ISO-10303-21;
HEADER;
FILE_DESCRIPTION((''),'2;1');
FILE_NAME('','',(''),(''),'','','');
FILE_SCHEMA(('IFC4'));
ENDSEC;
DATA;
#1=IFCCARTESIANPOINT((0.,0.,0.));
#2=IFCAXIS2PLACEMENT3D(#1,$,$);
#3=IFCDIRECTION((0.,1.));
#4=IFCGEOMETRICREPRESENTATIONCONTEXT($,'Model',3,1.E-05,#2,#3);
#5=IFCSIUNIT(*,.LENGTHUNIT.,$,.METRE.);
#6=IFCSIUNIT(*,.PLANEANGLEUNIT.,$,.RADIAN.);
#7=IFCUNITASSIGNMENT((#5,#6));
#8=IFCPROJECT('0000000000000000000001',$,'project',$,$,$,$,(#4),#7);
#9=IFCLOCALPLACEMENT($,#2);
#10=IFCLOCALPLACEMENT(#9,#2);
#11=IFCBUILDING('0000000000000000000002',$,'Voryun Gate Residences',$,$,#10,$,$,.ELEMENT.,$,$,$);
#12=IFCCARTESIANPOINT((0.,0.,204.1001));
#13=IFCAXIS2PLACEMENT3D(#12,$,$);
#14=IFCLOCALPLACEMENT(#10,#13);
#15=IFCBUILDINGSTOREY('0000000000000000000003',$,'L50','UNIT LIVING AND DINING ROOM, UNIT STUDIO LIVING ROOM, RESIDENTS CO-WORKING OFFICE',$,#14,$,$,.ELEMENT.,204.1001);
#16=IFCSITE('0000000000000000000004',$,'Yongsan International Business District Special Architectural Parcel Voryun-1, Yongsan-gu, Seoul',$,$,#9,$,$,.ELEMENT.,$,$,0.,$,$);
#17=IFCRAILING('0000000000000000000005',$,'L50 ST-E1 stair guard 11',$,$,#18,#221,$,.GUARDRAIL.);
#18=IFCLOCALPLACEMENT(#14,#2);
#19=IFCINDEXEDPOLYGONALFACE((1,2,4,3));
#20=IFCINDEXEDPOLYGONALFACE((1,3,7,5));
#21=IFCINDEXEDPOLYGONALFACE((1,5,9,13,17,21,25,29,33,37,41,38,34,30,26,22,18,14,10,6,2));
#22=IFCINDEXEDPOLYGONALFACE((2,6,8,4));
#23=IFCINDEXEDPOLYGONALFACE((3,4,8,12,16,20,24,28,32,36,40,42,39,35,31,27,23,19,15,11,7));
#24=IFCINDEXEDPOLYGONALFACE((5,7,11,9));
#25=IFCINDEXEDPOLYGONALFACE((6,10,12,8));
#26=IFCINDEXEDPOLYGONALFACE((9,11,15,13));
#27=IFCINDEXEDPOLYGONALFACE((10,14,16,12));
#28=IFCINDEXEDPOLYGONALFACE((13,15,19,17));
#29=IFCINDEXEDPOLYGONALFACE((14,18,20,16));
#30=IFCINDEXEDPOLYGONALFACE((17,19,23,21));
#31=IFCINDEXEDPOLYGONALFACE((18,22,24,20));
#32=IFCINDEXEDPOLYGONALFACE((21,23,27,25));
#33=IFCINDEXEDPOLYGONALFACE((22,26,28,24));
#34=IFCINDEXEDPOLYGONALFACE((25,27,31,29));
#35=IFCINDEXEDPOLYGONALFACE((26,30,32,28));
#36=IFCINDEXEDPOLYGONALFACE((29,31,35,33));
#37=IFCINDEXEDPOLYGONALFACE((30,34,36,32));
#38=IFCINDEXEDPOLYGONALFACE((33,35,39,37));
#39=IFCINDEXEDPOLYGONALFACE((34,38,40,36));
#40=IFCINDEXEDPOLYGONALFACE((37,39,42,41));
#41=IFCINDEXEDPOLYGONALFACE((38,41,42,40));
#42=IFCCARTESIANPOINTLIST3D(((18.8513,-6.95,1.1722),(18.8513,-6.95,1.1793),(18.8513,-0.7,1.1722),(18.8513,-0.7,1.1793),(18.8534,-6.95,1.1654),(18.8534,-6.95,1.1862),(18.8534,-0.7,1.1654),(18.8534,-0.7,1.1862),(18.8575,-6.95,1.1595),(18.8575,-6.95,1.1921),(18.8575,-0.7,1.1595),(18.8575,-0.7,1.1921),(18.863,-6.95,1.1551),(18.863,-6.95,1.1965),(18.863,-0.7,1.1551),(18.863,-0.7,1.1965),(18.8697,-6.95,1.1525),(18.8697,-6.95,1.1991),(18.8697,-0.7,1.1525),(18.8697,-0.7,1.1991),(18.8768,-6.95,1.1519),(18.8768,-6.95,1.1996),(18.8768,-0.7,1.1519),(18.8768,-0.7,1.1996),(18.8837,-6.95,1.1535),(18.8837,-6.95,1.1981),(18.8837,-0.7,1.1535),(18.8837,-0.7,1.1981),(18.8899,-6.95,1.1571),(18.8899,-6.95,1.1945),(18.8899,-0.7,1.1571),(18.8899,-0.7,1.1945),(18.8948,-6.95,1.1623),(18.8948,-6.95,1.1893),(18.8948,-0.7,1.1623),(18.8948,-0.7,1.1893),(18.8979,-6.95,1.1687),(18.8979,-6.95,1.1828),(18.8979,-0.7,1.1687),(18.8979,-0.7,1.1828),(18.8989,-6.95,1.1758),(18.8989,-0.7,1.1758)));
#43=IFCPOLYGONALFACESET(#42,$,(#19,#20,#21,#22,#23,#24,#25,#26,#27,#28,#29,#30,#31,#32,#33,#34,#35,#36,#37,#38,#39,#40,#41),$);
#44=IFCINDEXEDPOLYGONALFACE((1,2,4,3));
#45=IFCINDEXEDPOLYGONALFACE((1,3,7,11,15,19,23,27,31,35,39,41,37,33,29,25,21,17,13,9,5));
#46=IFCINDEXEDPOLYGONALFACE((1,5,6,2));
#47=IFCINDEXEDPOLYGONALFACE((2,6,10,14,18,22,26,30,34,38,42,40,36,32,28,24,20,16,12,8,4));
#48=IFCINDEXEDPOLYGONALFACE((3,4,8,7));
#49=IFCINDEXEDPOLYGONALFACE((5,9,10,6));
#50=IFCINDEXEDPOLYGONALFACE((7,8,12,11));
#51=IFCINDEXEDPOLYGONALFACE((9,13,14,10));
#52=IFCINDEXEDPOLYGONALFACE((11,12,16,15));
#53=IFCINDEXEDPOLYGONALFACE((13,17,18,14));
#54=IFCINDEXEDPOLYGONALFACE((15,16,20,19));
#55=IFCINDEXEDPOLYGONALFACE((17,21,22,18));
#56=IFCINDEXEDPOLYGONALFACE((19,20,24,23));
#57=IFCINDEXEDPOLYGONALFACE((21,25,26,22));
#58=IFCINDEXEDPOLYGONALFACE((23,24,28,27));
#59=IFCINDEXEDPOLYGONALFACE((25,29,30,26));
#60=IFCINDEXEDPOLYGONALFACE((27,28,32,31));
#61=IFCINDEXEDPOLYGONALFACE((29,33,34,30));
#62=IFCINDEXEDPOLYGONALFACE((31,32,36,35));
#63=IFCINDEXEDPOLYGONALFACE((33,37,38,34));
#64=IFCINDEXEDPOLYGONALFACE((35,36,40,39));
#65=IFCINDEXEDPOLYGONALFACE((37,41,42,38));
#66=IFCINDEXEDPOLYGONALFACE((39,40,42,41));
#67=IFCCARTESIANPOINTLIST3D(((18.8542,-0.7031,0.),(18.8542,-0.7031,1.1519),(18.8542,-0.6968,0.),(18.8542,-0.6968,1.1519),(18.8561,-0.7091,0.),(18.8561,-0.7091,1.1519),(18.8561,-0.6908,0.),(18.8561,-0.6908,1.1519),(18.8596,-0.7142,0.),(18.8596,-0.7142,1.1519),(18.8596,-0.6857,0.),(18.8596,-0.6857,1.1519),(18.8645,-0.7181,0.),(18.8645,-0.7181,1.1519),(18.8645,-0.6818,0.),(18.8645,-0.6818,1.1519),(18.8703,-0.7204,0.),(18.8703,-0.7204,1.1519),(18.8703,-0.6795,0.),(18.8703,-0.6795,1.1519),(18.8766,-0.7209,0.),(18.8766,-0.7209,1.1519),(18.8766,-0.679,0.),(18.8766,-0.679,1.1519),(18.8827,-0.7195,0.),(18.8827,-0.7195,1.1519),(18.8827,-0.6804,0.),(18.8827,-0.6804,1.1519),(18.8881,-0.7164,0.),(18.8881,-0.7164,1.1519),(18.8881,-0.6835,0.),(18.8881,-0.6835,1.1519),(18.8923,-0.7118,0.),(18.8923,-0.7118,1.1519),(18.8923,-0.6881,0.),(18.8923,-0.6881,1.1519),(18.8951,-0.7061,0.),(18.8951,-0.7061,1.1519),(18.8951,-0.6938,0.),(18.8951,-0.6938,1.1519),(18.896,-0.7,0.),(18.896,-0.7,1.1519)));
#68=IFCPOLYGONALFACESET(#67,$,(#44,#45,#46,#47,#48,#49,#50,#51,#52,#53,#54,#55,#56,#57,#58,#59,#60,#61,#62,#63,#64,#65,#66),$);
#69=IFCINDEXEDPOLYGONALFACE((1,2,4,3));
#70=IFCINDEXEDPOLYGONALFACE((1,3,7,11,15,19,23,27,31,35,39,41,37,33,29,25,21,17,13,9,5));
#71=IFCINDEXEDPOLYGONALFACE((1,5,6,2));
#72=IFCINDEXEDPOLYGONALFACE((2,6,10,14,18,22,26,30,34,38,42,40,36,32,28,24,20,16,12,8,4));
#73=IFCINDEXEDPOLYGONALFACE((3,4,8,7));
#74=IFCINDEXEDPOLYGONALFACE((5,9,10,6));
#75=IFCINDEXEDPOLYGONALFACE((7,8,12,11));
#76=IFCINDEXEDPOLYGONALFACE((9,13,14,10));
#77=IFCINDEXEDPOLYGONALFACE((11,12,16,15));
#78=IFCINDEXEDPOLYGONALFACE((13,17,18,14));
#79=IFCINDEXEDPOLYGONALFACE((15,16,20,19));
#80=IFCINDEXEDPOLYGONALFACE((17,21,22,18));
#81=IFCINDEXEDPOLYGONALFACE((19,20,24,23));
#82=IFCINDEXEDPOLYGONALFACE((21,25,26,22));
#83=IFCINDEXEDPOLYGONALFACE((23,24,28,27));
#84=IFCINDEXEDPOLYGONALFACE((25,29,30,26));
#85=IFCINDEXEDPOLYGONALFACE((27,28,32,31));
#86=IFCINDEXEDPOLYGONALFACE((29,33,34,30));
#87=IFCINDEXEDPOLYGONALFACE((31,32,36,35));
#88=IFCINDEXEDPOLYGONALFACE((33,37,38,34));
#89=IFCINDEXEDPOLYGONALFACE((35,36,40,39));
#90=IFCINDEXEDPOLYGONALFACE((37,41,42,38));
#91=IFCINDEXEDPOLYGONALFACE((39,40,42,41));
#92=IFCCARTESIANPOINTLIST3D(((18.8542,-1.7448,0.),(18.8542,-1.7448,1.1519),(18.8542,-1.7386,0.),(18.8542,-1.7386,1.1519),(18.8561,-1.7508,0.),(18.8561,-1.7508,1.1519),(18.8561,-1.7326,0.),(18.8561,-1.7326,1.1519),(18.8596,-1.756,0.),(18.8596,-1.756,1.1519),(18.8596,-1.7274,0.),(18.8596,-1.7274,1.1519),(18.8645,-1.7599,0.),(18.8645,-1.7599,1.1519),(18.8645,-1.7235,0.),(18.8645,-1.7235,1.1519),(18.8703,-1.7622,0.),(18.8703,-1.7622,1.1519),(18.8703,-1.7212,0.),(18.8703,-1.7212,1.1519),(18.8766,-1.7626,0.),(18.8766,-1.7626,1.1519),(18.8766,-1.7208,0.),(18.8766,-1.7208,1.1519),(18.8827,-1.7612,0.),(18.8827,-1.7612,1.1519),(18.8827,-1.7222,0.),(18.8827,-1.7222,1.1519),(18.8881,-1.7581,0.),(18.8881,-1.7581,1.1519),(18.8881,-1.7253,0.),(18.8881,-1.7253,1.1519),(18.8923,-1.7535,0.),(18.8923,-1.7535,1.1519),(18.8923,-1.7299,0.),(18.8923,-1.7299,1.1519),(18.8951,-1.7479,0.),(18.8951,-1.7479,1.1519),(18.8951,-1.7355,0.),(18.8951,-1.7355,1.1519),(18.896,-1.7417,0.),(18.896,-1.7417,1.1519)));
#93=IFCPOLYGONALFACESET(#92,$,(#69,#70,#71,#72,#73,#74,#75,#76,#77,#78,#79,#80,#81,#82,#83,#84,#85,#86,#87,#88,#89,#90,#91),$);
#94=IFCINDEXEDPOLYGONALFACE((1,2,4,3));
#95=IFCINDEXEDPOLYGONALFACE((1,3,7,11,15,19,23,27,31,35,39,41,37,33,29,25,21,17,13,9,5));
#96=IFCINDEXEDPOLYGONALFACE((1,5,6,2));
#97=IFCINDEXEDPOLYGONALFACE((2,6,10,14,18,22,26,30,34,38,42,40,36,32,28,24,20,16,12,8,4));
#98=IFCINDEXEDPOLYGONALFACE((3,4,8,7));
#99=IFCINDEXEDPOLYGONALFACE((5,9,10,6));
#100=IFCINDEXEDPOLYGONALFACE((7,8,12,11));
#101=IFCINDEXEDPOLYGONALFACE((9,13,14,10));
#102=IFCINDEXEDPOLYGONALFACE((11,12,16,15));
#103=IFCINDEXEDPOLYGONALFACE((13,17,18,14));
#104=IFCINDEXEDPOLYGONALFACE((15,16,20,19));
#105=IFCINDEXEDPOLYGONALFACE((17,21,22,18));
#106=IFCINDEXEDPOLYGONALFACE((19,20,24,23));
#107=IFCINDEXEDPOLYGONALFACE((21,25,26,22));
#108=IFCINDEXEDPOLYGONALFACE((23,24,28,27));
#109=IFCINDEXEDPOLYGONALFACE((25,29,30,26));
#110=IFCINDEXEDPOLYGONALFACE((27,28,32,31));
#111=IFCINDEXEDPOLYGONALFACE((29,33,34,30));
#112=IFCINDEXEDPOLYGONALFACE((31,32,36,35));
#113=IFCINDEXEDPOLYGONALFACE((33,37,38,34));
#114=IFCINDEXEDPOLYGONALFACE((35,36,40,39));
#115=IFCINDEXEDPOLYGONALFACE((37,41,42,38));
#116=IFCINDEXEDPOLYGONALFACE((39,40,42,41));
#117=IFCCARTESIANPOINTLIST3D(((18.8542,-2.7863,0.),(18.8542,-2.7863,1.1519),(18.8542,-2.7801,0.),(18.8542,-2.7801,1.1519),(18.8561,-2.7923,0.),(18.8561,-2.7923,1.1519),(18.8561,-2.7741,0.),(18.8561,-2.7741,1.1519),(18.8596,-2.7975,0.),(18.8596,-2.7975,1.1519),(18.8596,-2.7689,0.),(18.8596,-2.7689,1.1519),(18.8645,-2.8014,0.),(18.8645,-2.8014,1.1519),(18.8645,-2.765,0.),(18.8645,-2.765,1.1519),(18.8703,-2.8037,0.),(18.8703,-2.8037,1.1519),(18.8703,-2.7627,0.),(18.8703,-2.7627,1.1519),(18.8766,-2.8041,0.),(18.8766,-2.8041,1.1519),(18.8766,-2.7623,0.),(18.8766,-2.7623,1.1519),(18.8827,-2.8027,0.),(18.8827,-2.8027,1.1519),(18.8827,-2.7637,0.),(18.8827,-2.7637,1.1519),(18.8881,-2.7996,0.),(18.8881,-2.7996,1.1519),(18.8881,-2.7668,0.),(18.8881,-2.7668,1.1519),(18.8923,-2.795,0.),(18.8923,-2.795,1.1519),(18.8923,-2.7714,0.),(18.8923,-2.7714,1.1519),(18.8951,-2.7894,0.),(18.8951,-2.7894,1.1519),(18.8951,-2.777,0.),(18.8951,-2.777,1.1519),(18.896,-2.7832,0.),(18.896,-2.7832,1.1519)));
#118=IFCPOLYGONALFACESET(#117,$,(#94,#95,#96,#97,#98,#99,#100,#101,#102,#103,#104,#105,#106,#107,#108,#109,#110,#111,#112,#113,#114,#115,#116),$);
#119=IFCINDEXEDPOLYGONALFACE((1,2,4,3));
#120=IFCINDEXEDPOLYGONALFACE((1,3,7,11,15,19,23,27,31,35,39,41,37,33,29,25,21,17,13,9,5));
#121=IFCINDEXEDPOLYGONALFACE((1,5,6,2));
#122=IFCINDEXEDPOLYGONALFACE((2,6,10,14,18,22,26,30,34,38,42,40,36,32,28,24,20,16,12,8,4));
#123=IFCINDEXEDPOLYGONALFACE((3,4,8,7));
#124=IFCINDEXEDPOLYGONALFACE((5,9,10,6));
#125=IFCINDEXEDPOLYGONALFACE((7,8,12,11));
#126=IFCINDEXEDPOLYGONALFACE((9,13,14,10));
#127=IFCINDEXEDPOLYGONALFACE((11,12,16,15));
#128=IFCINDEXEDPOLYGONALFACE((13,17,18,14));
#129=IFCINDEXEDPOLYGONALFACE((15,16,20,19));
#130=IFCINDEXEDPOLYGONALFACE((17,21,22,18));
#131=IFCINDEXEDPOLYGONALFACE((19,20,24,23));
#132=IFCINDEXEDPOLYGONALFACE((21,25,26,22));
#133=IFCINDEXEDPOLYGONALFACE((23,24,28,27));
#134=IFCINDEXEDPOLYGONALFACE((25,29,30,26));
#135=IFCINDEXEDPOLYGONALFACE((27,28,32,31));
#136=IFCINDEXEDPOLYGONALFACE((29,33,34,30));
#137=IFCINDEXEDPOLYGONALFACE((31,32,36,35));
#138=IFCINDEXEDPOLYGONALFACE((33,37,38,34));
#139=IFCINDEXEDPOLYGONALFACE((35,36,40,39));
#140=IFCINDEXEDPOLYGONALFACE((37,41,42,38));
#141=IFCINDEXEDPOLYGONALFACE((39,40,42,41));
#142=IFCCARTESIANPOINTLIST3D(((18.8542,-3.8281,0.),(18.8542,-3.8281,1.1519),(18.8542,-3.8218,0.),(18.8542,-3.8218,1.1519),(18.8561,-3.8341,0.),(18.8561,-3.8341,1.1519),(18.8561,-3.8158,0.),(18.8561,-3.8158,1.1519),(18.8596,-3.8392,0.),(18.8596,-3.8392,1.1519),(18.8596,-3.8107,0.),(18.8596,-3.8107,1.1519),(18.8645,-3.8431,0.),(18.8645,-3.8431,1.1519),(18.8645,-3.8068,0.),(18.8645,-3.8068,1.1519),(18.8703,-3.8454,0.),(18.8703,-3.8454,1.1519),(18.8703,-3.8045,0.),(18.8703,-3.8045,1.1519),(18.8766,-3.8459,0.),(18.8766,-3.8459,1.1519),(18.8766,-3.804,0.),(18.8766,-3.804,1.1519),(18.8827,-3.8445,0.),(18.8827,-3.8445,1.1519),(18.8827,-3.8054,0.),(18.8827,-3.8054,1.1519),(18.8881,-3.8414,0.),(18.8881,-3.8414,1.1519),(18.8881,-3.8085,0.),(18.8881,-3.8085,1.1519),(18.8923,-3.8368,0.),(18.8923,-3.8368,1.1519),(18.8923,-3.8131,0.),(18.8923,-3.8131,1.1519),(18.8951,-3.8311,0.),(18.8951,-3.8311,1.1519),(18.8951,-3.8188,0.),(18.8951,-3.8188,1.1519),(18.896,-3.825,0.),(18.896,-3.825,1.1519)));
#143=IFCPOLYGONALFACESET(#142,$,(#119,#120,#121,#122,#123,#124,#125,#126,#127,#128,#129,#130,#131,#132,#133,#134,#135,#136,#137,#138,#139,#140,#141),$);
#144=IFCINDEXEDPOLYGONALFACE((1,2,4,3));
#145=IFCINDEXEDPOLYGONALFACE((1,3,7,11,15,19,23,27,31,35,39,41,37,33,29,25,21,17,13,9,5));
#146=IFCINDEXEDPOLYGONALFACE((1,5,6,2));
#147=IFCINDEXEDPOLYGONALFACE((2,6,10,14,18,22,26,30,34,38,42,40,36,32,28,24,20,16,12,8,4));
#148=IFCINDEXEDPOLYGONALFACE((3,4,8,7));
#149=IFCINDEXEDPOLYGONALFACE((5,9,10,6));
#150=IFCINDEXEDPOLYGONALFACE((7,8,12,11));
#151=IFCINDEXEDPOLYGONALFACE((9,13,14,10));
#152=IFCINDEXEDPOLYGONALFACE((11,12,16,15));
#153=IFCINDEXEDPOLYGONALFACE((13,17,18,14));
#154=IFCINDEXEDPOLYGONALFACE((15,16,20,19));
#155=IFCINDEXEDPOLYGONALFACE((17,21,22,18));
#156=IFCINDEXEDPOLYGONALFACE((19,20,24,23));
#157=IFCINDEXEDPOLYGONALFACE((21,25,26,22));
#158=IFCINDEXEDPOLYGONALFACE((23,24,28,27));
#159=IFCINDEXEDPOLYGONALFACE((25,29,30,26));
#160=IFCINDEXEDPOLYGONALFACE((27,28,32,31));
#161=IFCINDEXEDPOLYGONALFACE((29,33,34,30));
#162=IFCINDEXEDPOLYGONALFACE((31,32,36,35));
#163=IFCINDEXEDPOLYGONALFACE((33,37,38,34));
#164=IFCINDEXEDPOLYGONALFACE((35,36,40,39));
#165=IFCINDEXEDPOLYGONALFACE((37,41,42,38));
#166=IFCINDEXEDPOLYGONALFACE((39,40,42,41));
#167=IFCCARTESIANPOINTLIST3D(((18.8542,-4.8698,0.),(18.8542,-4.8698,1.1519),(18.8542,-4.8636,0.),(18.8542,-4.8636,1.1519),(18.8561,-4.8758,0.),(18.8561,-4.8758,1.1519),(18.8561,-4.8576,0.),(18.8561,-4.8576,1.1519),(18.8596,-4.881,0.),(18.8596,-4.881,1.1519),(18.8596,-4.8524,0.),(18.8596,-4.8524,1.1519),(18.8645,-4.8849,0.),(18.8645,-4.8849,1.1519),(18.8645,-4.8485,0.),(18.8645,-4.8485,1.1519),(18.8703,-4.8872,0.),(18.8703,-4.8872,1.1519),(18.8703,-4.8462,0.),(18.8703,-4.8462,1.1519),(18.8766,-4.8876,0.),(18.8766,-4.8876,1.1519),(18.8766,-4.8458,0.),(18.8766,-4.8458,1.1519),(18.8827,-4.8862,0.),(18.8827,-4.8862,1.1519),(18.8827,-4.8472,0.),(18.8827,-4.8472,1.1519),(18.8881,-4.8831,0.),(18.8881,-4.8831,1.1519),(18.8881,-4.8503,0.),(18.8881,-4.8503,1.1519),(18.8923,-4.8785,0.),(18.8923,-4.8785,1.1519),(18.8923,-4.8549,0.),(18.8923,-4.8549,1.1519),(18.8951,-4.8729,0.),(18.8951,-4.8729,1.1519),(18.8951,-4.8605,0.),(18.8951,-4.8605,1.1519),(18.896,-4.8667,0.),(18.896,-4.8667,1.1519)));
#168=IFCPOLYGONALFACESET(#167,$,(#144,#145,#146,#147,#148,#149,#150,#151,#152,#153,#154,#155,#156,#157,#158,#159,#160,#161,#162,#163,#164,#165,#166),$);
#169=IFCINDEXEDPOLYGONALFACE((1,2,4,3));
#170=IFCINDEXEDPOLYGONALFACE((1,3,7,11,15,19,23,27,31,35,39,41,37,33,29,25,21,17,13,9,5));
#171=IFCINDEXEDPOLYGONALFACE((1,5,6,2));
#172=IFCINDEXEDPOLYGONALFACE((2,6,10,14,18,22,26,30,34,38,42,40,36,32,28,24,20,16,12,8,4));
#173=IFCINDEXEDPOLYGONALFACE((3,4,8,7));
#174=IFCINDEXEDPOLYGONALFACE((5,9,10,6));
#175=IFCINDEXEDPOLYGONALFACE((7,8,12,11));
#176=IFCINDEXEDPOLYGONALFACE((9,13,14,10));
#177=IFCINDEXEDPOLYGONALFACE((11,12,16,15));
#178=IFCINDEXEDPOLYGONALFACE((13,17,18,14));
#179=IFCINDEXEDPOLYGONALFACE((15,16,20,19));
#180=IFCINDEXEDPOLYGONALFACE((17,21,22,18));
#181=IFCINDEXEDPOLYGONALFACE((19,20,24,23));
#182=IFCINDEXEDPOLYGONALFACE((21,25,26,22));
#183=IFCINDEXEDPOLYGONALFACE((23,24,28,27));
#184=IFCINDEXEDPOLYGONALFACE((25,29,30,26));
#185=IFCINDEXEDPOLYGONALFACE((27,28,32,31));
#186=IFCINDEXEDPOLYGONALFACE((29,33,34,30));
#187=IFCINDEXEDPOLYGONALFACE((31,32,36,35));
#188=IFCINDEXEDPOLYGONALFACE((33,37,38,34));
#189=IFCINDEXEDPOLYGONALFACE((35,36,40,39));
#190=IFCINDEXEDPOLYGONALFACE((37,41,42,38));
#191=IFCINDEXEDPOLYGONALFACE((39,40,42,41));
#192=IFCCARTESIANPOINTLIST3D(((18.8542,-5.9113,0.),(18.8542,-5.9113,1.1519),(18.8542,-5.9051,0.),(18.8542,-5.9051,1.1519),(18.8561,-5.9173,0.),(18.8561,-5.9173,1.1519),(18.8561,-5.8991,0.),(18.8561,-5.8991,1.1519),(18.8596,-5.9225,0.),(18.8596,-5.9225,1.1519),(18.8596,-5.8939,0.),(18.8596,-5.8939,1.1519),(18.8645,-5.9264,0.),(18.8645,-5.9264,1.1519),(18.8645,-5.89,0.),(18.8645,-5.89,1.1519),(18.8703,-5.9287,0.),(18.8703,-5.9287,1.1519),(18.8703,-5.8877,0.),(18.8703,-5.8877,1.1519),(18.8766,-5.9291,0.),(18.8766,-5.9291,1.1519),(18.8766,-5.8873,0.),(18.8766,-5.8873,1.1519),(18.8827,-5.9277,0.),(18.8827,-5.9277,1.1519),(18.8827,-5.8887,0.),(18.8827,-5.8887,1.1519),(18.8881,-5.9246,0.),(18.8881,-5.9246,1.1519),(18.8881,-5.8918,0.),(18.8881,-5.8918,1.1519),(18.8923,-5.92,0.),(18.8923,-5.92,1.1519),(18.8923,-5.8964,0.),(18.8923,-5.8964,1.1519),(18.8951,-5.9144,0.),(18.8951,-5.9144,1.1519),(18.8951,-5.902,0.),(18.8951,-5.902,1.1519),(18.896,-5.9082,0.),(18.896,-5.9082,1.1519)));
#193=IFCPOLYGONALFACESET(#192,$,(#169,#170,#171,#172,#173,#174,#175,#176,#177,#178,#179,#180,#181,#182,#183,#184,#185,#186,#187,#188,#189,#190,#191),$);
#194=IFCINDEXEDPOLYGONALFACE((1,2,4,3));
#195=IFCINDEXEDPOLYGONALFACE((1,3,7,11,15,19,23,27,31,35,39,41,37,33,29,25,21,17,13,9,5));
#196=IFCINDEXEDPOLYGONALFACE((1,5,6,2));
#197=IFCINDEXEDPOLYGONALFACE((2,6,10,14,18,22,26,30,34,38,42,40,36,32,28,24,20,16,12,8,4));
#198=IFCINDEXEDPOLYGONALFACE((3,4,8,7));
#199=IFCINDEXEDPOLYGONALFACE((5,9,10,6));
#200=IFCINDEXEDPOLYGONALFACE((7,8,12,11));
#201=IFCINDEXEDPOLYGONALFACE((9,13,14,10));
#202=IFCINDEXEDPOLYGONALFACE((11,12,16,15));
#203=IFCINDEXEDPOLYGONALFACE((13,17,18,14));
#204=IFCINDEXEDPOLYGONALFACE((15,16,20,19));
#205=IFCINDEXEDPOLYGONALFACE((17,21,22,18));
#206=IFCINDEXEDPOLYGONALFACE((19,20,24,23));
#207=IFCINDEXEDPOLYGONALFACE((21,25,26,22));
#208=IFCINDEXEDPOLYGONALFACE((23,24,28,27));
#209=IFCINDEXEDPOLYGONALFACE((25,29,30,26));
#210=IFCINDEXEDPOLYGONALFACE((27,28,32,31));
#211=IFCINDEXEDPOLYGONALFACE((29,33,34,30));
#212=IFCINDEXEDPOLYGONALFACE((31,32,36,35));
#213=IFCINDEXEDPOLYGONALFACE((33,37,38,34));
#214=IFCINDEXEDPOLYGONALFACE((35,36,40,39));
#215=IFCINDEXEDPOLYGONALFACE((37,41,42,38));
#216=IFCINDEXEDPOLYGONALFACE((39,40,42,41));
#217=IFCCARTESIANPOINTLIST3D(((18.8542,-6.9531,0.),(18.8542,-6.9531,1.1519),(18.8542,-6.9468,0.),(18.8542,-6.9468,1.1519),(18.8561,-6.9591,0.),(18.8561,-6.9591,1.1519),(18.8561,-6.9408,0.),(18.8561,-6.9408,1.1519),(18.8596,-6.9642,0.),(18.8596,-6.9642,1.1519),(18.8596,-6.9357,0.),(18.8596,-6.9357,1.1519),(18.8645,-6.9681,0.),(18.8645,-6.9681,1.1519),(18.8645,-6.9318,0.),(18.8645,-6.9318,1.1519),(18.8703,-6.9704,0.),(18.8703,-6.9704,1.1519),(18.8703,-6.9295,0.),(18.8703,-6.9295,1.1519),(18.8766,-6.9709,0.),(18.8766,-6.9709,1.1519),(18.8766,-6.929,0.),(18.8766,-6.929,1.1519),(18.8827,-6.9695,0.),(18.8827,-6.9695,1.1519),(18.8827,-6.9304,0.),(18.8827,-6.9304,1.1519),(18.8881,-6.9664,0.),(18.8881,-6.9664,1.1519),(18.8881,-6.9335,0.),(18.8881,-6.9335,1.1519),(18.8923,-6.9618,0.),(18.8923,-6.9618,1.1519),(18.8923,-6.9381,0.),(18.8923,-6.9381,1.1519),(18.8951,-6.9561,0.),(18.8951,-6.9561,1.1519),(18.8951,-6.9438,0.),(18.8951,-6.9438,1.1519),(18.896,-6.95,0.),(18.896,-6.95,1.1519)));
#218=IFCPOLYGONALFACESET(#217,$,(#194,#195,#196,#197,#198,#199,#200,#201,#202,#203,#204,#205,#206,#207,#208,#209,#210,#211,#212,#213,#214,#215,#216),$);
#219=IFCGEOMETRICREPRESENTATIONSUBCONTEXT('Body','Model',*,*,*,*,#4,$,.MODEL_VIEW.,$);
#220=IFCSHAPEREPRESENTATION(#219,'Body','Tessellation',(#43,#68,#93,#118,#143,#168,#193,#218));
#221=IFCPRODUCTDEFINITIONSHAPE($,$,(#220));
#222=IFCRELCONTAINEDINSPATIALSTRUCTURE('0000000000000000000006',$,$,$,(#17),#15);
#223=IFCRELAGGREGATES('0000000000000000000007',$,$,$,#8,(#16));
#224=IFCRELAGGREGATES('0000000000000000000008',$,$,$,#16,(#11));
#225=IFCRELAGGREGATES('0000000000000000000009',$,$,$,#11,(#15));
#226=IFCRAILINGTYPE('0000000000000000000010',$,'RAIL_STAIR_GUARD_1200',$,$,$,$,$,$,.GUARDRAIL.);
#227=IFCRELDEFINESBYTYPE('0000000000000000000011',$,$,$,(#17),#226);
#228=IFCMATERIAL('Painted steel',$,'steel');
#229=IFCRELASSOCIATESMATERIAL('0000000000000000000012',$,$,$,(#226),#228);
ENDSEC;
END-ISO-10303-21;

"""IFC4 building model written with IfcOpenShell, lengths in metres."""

from ifc_helpers import new_model, si_unit, direction, frame, origin, origin_2d, place, context, subcontext, project, spatial, circle, extrude, material, type_object, element, save


model = new_model("IFC4")

# Units and contexts
model_context = context("Model", 3, precision=1e-05, world=origin(), true_north=direction((0.0, 1.0)))
body_context = subcontext(model_context, "Body", "Model", "MODEL_VIEW")
ifc_project = project(units=[si_unit("LENGTHUNIT", "METRE"), si_unit("PLANEANGLEUNIT", "RADIAN")], contexts=[model_context])

# Site, building, storey
site_placement = place(None, origin())
site = spatial("IfcSite", under=ifc_project, at=site_placement, Name="Yongsan International Business District Special Architectural Parcel Voryun-1, Yongsan-gu, Seoul", CompositionType="ELEMENT", RefElevation=0.0)
building_placement = place(site_placement, origin())
building = spatial("IfcBuilding", under=site, at=building_placement, Name="Voryun Gate Residences", CompositionType="ELEMENT")
storey_placement = place(building_placement, frame((0.0, 0.0, 204.1001)))
storey = spatial("IfcBuildingStorey", under=building, at=storey_placement, Name="L50", Description="UNIT LIVING AND DINING ROOM, UNIT STUDIO LIVING ROOM, RESIDENTS CO-WORKING OFFICE", CompositionType="ELEMENT", Elevation=204.1001)

# Railing
ifc_material_1 = material(Name="Painted steel", Category="steel")
railing_type_1 = type_object("IfcRailingType", Name="RAIL_STAIR_GUARD_1200", PredefinedType="GUARDRAIL", material=ifc_material_1)
railing_1_placement = place(storey_placement, frame((18.875, -0.7, 0.0)))
element("IfcRailing", 1, at=railing_1_placement, inside=storey, type_object=railing_type_1, Name="L50 ST-E1 stair guard 11", PredefinedType="GUARDRAIL", context=body_context, shape_type="SweptSolid", body=[
    extrude(circle(Radius=0.0239, at=origin_2d()), frame((0.0, 0.0, 1.1758), z_axis=(0.0, -1.0, 0.0), x_axis=(1.0, 0.0, 0.0)), (0.0, 0.0, 1.0), 6.25),
    extrude(circle(Radius=0.021, at=origin_2d()), origin(), (0.0, 0.0, 1.0), 1.1519),
    extrude(circle(Radius=0.021, at=origin_2d()), frame((0.0, -1.0417, 0.0)), (0.0, 0.0, 1.0), 1.1519),
    extrude(circle(Radius=0.021, at=origin_2d()), frame((0.0, -2.0833, 0.0)), (0.0, 0.0, 1.0), 1.1519),
    extrude(circle(Radius=0.021, at=origin_2d()), frame((0.0, -3.125, 0.0)), (0.0, 0.0, 1.0), 1.1519),
    extrude(circle(Radius=0.021, at=origin_2d()), frame((0.0, -4.1667, 0.0)), (0.0, 0.0, 1.0), 1.1519),
    extrude(circle(Radius=0.021, at=origin_2d()), frame((0.0, -5.2083, 0.0)), (0.0, 0.0, 1.0), 1.1519),
    extrude(circle(Radius=0.021, at=origin_2d()), frame((0.0, -6.25, 0.0)), (0.0, 0.0, 1.0), 1.1519),
])

save(model, "model.ifc")
